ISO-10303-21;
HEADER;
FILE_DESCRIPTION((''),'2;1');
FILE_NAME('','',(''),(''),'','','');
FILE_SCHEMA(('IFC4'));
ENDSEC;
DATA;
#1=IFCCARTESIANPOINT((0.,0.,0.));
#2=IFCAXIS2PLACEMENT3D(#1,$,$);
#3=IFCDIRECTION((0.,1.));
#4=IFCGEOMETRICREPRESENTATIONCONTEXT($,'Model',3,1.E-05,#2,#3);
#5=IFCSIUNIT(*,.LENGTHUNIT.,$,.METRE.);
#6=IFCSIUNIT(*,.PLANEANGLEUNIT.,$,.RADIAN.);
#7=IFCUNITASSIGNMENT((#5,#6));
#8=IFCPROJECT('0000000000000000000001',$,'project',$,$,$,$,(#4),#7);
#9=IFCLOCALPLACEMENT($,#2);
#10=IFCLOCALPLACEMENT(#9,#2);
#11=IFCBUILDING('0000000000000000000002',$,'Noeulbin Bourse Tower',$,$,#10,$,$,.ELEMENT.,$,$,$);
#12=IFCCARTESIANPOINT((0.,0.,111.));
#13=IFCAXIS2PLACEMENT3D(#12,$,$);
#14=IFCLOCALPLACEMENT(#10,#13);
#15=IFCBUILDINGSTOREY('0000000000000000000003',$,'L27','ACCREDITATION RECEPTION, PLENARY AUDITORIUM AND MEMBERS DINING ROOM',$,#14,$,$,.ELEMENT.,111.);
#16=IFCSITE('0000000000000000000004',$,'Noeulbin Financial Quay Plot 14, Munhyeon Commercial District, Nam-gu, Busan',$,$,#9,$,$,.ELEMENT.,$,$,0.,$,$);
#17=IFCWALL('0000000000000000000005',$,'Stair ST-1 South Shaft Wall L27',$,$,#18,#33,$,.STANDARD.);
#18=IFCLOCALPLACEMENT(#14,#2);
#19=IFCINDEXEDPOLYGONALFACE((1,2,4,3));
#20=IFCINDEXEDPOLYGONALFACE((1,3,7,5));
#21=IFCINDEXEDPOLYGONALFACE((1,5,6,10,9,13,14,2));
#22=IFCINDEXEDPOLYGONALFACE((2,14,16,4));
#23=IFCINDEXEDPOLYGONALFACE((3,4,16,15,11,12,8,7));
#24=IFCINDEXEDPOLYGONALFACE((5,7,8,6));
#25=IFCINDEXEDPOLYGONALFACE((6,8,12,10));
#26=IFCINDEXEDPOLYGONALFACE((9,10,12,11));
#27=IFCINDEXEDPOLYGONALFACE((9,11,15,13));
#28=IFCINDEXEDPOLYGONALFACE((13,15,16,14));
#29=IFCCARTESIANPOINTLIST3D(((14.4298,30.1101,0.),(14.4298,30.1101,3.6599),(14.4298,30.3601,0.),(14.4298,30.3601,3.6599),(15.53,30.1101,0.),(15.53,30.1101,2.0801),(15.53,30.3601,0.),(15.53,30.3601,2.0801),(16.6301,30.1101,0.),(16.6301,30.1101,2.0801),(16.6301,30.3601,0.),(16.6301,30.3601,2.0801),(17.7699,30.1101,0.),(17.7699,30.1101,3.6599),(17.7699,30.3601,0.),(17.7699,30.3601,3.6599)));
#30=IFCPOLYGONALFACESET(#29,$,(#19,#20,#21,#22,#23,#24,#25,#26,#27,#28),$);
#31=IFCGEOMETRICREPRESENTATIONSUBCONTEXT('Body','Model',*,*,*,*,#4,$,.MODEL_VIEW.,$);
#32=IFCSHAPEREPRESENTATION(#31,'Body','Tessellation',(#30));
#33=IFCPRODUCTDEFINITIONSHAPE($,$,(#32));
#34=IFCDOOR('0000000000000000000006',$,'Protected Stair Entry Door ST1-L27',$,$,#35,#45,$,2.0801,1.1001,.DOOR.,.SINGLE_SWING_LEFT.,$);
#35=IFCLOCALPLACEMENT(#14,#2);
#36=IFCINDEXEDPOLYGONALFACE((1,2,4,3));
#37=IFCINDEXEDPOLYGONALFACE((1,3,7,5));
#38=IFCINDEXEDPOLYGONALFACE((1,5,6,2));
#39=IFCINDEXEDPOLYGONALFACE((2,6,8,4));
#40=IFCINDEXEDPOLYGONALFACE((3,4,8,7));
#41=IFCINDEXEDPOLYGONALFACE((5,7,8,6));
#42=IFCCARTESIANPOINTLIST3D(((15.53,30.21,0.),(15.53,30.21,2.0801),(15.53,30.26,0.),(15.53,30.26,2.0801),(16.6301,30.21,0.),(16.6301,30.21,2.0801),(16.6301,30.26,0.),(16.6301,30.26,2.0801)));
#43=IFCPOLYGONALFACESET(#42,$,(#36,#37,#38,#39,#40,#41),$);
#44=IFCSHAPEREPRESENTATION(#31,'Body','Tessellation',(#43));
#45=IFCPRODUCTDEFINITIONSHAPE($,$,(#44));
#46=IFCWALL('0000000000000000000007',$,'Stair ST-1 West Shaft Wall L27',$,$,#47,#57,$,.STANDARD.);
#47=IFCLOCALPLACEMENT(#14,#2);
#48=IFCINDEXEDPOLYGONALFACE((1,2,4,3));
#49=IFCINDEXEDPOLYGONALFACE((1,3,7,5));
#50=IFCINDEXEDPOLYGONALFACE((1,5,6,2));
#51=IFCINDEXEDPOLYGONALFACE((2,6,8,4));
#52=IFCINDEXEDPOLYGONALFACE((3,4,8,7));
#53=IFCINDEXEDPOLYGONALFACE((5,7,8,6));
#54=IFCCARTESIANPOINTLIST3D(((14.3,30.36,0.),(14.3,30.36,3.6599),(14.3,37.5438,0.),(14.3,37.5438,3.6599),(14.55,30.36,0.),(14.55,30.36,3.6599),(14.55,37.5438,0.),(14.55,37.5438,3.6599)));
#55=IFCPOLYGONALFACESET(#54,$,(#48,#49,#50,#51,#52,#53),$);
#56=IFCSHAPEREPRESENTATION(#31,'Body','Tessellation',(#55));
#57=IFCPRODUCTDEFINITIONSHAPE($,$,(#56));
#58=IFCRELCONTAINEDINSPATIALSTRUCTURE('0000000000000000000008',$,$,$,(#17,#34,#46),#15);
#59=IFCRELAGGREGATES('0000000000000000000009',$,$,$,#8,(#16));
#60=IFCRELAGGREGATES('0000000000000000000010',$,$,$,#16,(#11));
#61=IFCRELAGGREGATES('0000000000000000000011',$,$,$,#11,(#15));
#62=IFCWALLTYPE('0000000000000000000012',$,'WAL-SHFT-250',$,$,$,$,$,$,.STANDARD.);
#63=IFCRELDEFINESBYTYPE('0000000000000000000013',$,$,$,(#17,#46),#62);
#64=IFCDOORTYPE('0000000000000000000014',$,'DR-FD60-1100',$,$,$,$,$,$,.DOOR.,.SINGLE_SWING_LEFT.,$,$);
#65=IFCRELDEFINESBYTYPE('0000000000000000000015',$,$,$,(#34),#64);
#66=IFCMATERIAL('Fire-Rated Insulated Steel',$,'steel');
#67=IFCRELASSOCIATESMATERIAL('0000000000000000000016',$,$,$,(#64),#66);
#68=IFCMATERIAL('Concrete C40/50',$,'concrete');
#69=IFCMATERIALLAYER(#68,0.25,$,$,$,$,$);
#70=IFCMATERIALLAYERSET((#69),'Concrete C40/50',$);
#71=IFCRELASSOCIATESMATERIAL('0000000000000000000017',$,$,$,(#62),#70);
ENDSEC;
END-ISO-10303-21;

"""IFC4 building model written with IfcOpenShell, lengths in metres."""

from ifc_helpers import new_model, si_unit, direction, frame, frame_2d, origin, place, context, subcontext, project, spatial, rectangle, extrude, material, layer, layer_set, type_object, element, fill, save


model = new_model("IFC4")

# Units and contexts
model_context = context("Model", 3, precision=1e-05, world=origin(), true_north=direction((0.0, 1.0)))
body_context = subcontext(model_context, "Body", "Model", "MODEL_VIEW")
ifc_project = project(units=[si_unit("LENGTHUNIT", "METRE"), si_unit("PLANEANGLEUNIT", "RADIAN")], contexts=[model_context])

# Site, building, storey
site_placement = place(None, origin())
site = spatial("IfcSite", under=ifc_project, at=site_placement, Name="Noeulbin Financial Quay Plot 14, Munhyeon Commercial District, Nam-gu, Busan", CompositionType="ELEMENT", RefElevation=0.0)
building_placement = place(site_placement, origin())
building = spatial("IfcBuilding", under=site, at=building_placement, Name="Noeulbin Bourse Tower", CompositionType="ELEMENT")
storey_placement = place(building_placement, frame((0.0, 0.0, 111.0)))
storey = spatial("IfcBuildingStorey", under=building, at=storey_placement, Name="L27", Description="ACCREDITATION RECEPTION, PLENARY AUDITORIUM AND MEMBERS DINING ROOM", CompositionType="ELEMENT", Elevation=111.0)

# Shared definitions
ifc_material_1 = material(Name="Fire-Rated Insulated Steel", Category="steel")
door_type_1 = type_object("IfcDoorType", Name="DR-FD60-1100", OperationType="SINGLE_SWING_LEFT", PredefinedType="DOOR", material=ifc_material_1)

# Wall, opening, door
ifc_material_2 = material(Name="Concrete C40/50", Category="concrete")
ifc_layer_1 = layer(ifc_material_2, 0.25)
ifc_layer_set_1 = layer_set([ifc_layer_1], Name="Concrete C40/50")
wall_type_1 = type_object("IfcWallType", Name="WAL-SHFT-250", PredefinedType="STANDARD", material=ifc_layer_set_1)
wall_1_placement = place(storey_placement, frame((14.4299, 30.2351, 0.0), z_axis=(0.0, 0.0, 1.0), x_axis=(1.0, 0.0, 0.0)))
wall_1 = element("IfcWall", 1, at=wall_1_placement, inside=storey, type_object=wall_type_1, Name="Stair ST-1 South Shaft Wall L27", PredefinedType="STANDARD", context=body_context, shape_type="SweptSolid", body=[
    extrude(rectangle(XDim=3.3401, YDim=0.25, at=frame_2d((1.6699, 0.0))), origin(), (0.0, 0.0, 1.0), 3.6599),
])
opening_1_placement = place(wall_1_placement, frame((1.1001, 0.0, 0.0)))
opening_1 = element("IfcOpeningElement", 2, at=opening_1_placement, cuts=wall_1, PredefinedType="OPENING", context=body_context, shape_type="SweptSolid", body=[
    extrude(rectangle(XDim=1.1001, YDim=2.0801, at=frame_2d((0.55, 1.04))), frame((0.0, 0.135, 0.0), z_axis=(0.0, -1.0, 0.0), x_axis=(1.0, 0.0, 0.0)), (0.0, 0.0, 1.0), 0.27),
])
door_1_placement = place(opening_1_placement, origin())
door_1 = element("IfcDoor", 3, at=door_1_placement, inside=storey, type_object=door_type_1, Name="Protected Stair Entry Door ST1-L27", OperationType="SINGLE_SWING_LEFT", OverallHeight=2.0801, OverallWidth=1.1001, PredefinedType="DOOR", context=body_context, shape_type="SweptSolid", body=[
    extrude(rectangle(XDim=1.1001, YDim=2.0801, at=frame_2d((0.55, 1.04))), frame((0.0, 0.0249, 0.0), z_axis=(0.0, -1.0, 0.0), x_axis=(1.0, 0.0, 0.0)), (0.0, 0.0, 1.0), 0.05),
])
fill(opening_1, door_1)

# Wall
wall_2_placement = place(storey_placement, frame((14.425, 30.3601, 0.0), z_axis=(0.0, 0.0, 1.0), x_axis=(0.0, 1.0, 0.0)))
element("IfcWall", 4, at=wall_2_placement, inside=storey, type_object=wall_type_1, Name="Stair ST-1 West Shaft Wall L27", PredefinedType="STANDARD", context=body_context, shape_type="SweptSolid", body=[
    extrude(rectangle(XDim=7.1838, YDim=0.25, at=frame_2d((3.5918, 0.0))), origin(), (0.0, 0.0, 1.0), 3.6599),
])

save(model, "model.ifc")
